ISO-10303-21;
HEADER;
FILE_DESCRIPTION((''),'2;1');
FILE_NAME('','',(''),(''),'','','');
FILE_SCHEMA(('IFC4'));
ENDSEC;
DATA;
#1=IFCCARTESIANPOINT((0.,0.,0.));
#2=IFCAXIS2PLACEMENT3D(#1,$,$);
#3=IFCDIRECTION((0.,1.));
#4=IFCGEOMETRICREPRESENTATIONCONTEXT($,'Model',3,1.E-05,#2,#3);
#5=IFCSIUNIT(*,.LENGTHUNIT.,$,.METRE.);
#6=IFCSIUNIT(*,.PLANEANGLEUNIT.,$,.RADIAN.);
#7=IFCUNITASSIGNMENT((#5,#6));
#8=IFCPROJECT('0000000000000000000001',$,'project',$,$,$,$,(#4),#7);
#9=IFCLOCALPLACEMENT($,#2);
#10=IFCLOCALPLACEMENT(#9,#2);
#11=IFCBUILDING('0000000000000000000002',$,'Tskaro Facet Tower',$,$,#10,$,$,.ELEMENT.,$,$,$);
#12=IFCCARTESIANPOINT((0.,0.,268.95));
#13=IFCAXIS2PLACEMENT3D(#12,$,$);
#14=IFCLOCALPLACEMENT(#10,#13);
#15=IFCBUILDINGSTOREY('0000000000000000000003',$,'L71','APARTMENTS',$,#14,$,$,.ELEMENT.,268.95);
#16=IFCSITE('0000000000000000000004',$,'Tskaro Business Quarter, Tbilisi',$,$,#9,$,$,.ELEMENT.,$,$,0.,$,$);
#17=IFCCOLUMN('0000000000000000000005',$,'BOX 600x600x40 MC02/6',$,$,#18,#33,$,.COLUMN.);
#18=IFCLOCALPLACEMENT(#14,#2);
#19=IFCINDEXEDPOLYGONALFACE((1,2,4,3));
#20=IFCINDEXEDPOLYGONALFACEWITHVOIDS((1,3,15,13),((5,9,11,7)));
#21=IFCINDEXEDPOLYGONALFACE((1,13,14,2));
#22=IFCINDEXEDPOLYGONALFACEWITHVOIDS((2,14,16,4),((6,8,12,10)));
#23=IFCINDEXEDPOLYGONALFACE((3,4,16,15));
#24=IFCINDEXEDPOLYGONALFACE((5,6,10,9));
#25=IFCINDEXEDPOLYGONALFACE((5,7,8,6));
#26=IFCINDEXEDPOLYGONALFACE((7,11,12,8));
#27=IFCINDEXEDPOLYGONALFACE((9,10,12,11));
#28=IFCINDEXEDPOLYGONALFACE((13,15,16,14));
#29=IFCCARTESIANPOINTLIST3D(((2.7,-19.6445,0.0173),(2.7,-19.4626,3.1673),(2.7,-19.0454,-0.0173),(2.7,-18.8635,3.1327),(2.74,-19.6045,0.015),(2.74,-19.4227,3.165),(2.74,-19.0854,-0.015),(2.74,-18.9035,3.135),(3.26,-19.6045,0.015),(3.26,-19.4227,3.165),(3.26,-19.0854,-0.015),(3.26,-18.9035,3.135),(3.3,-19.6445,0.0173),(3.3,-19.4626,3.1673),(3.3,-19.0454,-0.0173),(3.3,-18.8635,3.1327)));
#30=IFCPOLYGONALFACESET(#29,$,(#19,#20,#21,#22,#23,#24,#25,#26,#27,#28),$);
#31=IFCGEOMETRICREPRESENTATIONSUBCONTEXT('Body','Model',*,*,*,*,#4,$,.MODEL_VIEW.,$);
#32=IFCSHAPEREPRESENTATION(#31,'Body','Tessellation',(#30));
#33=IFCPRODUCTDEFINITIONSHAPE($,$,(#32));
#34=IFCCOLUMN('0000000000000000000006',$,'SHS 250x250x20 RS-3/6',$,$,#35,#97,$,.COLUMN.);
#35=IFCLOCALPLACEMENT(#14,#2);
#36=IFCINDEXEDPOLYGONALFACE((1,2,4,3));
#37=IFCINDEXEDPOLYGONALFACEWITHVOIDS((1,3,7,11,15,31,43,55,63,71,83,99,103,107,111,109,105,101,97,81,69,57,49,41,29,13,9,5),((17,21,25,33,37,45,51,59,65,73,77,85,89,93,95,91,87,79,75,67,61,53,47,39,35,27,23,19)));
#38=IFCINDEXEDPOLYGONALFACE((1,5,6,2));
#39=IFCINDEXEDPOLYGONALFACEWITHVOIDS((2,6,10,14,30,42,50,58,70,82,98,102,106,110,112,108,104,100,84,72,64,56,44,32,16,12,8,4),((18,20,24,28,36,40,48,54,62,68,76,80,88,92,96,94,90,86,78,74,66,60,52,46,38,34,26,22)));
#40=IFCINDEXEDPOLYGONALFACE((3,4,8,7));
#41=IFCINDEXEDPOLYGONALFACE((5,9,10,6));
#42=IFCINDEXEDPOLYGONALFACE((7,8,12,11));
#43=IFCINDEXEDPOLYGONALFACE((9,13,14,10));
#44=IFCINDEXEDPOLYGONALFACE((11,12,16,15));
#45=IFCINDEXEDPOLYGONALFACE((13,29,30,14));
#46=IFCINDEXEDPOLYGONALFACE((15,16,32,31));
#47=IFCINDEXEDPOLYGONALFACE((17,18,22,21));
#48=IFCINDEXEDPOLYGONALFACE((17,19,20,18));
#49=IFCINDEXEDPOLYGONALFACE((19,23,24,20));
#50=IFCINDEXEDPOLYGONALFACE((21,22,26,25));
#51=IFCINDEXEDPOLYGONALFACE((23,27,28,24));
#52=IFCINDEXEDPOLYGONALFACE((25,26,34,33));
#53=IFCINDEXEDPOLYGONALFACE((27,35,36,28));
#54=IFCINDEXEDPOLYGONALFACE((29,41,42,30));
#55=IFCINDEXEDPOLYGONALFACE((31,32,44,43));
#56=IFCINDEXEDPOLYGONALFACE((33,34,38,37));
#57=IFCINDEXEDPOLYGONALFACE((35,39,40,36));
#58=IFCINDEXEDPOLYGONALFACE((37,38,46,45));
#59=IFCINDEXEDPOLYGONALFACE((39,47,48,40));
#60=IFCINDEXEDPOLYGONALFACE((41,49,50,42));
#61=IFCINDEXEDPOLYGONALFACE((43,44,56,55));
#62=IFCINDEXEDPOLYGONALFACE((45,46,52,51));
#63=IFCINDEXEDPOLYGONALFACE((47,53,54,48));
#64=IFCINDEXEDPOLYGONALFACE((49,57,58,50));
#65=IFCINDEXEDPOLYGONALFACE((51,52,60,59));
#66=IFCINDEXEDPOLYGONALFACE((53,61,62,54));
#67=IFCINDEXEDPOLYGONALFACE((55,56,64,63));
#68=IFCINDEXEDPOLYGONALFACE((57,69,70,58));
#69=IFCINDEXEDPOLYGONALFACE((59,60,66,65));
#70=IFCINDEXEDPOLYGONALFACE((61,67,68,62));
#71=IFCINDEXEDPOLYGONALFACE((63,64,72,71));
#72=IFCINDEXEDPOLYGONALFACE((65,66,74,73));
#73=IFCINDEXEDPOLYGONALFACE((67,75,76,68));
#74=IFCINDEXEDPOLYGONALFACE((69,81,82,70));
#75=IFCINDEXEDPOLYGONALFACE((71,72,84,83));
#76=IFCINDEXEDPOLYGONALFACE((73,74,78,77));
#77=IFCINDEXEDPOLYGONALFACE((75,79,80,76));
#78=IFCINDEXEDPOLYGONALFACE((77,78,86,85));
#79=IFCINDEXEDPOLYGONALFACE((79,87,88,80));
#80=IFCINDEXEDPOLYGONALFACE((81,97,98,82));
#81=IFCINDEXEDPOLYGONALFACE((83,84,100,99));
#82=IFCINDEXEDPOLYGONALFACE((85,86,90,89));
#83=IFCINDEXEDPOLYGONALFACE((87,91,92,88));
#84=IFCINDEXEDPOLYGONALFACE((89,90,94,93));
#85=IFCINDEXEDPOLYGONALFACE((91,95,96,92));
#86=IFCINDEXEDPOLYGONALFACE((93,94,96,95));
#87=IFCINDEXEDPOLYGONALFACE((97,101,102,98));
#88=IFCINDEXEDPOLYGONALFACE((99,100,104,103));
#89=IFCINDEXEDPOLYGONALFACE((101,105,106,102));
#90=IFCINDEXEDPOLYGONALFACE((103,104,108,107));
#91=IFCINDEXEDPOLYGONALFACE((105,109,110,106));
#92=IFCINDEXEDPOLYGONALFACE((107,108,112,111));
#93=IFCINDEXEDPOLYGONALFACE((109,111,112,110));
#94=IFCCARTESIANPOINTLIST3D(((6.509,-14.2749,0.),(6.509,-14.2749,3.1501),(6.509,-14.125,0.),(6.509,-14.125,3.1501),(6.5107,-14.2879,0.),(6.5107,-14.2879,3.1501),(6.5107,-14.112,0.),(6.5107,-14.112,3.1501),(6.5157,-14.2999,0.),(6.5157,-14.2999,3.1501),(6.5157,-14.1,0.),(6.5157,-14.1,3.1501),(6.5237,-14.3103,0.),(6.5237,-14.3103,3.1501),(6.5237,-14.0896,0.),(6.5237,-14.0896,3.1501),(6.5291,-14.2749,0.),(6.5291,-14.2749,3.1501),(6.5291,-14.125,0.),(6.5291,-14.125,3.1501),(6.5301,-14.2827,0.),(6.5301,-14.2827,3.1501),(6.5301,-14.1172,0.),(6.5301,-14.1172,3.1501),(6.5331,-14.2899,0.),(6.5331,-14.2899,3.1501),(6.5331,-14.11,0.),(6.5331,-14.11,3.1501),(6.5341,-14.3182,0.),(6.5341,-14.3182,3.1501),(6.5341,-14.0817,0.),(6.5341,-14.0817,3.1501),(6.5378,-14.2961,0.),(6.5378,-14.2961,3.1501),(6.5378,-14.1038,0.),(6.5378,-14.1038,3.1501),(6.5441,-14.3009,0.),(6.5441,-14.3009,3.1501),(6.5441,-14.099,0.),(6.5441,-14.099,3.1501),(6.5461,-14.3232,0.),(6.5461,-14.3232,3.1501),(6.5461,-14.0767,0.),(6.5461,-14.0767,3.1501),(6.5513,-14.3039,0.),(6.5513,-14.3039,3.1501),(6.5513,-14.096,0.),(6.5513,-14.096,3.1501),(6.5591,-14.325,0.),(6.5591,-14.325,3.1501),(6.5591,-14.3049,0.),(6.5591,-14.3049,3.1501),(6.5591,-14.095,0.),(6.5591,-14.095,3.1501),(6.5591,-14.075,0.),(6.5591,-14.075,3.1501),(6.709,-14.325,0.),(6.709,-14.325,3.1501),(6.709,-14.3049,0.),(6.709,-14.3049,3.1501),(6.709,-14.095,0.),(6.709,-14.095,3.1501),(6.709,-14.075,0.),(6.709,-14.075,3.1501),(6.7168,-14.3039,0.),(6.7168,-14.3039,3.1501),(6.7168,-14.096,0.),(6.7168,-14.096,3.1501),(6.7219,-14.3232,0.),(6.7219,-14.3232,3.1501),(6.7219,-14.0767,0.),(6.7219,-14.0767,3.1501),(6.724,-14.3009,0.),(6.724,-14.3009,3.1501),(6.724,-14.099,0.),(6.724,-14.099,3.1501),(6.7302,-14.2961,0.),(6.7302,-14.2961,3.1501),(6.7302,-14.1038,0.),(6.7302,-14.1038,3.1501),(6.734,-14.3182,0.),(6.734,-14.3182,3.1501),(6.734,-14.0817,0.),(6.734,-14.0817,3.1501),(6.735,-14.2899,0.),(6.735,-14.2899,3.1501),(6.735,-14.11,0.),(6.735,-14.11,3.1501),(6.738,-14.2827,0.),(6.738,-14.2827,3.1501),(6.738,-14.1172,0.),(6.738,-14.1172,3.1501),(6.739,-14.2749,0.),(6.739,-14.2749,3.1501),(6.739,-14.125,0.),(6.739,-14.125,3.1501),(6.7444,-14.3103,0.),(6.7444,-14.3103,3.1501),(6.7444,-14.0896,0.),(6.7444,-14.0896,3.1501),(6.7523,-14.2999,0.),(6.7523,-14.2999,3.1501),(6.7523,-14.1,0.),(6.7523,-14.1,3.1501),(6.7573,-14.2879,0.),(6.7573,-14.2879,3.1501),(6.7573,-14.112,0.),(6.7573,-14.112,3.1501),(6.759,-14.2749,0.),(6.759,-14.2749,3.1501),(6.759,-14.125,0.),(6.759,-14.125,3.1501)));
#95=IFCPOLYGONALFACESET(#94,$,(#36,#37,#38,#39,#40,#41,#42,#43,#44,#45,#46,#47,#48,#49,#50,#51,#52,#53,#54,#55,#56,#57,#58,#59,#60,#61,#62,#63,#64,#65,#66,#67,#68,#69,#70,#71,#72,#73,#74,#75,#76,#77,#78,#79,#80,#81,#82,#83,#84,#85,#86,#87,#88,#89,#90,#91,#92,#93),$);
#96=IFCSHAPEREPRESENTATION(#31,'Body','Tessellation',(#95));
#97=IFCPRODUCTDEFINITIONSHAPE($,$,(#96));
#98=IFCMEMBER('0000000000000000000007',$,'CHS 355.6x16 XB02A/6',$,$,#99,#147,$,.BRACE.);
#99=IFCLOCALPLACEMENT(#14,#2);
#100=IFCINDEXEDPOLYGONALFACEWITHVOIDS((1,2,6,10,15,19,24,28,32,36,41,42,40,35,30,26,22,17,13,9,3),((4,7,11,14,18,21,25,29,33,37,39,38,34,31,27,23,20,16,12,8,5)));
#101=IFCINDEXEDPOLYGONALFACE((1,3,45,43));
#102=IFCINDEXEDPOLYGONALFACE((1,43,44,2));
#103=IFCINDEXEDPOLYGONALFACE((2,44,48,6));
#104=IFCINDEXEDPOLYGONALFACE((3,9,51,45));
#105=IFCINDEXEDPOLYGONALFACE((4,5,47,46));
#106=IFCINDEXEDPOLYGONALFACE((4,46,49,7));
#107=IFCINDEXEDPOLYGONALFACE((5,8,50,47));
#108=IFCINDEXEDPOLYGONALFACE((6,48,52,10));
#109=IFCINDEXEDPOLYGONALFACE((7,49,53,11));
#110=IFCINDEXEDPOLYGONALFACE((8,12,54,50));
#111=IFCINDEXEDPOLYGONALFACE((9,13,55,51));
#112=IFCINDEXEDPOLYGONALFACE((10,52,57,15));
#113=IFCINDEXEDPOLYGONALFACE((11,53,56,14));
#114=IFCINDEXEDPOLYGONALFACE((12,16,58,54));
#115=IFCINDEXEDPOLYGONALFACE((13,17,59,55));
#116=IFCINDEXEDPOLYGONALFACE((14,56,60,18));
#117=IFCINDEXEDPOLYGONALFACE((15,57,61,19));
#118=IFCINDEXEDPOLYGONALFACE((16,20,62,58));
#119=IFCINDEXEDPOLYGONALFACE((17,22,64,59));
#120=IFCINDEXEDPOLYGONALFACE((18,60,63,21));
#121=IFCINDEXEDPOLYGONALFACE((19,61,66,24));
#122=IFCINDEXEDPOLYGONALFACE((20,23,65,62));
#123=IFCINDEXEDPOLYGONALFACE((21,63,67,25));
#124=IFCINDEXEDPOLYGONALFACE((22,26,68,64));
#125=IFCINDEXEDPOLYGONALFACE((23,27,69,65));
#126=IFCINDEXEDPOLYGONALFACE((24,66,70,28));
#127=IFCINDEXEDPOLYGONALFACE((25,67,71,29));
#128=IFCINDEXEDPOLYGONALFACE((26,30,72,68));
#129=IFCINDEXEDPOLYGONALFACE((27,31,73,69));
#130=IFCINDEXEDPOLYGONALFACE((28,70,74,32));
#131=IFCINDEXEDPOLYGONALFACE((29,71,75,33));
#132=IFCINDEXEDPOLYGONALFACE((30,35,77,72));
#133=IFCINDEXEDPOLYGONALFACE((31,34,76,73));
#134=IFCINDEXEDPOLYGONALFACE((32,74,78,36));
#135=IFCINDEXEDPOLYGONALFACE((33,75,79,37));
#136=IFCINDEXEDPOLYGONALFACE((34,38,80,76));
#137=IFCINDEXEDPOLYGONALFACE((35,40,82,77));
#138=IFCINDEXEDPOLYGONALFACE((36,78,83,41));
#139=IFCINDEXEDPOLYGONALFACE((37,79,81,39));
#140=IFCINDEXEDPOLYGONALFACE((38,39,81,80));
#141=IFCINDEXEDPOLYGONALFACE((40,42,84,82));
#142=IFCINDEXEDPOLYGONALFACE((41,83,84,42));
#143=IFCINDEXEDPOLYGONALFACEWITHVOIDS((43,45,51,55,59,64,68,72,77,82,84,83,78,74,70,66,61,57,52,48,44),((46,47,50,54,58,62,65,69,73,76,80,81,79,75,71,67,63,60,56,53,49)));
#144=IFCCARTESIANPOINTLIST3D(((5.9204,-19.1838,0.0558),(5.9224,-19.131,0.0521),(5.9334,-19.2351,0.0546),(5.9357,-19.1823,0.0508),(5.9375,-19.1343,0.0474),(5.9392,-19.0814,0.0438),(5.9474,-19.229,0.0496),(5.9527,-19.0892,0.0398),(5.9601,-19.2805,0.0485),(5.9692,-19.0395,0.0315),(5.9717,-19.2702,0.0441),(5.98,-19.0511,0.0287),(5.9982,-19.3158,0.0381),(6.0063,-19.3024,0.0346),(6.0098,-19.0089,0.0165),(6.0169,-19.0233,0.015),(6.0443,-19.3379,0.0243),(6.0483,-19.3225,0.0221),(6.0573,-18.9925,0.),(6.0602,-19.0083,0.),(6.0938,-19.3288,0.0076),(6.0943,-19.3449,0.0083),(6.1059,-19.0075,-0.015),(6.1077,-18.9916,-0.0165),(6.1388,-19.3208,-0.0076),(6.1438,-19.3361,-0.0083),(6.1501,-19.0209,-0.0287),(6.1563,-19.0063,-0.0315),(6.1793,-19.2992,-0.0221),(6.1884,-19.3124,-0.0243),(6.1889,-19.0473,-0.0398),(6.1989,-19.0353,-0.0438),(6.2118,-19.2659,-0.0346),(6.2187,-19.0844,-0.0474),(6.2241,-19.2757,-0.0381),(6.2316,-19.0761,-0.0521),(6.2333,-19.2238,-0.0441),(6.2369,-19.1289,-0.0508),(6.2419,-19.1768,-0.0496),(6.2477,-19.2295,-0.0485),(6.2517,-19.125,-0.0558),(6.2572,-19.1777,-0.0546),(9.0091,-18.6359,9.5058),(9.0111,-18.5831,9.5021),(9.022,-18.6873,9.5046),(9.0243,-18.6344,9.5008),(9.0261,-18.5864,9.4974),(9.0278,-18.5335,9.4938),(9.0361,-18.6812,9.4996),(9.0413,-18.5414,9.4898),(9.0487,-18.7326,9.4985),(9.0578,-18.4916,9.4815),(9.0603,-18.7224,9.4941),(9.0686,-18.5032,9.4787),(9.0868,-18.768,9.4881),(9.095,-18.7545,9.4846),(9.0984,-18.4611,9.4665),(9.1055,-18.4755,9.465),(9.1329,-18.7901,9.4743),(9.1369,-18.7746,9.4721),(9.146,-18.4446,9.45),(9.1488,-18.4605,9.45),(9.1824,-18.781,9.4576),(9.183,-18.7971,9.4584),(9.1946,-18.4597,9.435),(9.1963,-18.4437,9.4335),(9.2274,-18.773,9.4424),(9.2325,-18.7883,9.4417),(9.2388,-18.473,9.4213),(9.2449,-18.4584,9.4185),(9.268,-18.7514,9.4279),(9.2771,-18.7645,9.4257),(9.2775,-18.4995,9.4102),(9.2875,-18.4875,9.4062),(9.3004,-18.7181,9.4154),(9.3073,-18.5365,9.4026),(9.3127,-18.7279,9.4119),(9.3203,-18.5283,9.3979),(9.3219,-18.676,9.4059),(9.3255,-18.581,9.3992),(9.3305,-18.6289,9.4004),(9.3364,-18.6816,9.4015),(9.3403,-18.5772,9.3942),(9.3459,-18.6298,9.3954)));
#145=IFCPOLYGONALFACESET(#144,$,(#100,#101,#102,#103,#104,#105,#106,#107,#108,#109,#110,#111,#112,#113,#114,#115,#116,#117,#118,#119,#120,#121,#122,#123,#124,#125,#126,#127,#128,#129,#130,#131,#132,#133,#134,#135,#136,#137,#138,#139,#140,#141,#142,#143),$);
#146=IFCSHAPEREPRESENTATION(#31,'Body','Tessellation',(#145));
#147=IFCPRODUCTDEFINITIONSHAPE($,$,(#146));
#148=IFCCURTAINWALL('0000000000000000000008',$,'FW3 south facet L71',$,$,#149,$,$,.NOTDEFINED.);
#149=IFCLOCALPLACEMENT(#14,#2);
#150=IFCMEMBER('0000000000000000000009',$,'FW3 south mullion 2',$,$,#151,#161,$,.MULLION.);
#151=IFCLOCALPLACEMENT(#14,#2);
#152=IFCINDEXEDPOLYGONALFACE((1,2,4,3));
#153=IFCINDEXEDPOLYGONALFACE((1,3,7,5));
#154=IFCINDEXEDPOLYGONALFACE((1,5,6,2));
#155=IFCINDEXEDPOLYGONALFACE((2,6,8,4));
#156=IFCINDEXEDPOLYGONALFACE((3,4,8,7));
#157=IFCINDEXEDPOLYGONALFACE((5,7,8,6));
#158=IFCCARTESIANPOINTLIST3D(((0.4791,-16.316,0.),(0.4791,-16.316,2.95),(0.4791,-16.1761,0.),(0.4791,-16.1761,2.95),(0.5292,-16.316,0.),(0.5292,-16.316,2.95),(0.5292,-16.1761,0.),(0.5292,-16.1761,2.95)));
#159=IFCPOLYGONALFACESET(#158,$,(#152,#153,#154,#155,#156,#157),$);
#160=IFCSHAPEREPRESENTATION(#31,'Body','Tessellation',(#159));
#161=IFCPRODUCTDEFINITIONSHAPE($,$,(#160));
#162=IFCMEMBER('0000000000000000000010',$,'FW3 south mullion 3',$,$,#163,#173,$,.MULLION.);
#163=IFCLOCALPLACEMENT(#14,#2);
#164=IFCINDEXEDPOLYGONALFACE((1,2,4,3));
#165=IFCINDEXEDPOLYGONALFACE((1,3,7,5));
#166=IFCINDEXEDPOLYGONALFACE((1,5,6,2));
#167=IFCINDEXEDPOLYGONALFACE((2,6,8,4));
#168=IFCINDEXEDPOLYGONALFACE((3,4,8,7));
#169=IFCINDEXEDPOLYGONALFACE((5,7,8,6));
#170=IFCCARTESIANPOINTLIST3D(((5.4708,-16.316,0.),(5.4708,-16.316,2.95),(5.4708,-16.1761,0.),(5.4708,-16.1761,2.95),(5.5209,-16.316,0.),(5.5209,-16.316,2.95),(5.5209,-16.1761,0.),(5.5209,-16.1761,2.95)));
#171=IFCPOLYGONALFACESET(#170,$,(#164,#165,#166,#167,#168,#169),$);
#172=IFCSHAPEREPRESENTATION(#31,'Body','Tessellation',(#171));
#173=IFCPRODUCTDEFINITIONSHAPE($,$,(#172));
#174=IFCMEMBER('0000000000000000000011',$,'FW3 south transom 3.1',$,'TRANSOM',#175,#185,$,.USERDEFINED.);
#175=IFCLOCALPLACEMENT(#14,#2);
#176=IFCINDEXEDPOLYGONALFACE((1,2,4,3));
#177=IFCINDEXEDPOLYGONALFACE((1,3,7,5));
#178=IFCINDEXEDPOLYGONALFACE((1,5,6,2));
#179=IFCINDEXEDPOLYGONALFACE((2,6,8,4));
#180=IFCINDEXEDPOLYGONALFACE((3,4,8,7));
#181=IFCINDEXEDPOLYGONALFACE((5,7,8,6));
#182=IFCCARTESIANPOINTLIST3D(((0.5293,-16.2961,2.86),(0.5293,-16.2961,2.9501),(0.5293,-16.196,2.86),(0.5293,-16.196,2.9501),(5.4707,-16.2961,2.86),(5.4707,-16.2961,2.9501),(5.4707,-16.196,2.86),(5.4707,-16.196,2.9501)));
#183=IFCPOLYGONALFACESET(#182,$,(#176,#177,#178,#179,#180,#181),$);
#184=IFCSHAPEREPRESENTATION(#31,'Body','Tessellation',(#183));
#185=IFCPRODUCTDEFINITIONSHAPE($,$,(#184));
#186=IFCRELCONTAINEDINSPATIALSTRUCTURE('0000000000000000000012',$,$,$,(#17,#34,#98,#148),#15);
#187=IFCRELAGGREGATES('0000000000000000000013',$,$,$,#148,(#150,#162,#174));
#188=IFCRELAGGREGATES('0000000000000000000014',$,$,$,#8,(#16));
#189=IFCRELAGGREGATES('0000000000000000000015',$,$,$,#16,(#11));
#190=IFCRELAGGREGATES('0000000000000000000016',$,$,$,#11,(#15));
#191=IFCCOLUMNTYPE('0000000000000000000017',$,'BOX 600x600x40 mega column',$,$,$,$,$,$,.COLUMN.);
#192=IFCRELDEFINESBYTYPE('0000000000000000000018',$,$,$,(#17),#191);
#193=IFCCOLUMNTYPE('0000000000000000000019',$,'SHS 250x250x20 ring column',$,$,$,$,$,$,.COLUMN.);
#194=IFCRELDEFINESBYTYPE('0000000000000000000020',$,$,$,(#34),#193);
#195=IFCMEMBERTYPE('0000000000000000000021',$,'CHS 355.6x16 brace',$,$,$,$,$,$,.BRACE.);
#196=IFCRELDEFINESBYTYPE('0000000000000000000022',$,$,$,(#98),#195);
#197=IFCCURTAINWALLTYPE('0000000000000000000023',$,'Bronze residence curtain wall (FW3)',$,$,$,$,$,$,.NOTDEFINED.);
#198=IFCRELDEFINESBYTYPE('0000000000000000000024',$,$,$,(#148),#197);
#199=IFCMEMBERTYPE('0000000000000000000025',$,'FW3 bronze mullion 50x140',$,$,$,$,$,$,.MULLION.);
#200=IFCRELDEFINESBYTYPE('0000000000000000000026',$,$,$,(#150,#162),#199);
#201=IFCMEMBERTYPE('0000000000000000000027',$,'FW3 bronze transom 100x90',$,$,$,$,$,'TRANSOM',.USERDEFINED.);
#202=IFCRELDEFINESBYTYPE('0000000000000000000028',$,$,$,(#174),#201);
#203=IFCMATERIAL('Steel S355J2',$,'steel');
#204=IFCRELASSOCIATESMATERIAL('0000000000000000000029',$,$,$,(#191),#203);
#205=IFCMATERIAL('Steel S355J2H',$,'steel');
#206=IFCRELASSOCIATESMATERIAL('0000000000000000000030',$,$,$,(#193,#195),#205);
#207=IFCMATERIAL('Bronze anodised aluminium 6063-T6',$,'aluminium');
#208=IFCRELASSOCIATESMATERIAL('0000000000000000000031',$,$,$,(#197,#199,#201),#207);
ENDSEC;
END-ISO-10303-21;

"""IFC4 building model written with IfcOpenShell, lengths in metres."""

from ifc_helpers import new_model, si_unit, direction, frame, origin, origin_2d, place, context, subcontext, project, spatial, rectangle, hollow_rectangle, hollow_circle, extrude, material, material_profile, profile_set, type_object, element, aggregate, save


model = new_model("IFC4")

# Units and contexts
model_context = context("Model", 3, precision=1e-05, world=origin(), true_north=direction((0.0, 1.0)))
body_context = subcontext(model_context, "Body", "Model", "MODEL_VIEW")
ifc_project = project(units=[si_unit("LENGTHUNIT", "METRE"), si_unit("PLANEANGLEUNIT", "RADIAN")], contexts=[model_context])

# Site, building, storey
site_placement = place(None, origin())
site = spatial("IfcSite", under=ifc_project, at=site_placement, Name="Tskaro Business Quarter, Tbilisi", CompositionType="ELEMENT", RefElevation=0.0)
building_placement = place(site_placement, origin())
building = spatial("IfcBuilding", under=site, at=building_placement, Name="Tskaro Facet Tower", CompositionType="ELEMENT")
storey_placement = place(building_placement, frame((0.0, 0.0, 268.95)))
storey = spatial("IfcBuildingStorey", under=building, at=storey_placement, Name="L71", Description="APARTMENTS", CompositionType="ELEMENT", Elevation=268.95)

# Columns
ifc_material_1 = material(Name="Steel S355J2", Category="steel")
ifc_material_profile_1 = material_profile(ifc_material_1, hollow_rectangle(XDim=0.6001, YDim=0.6001, WallThickness=0.04, at=origin_2d()), Name="BOX 600x600x40")
ifc_profile_set_1 = profile_set([ifc_material_profile_1], Name="Steel S355J2")
column_type_1 = type_object("IfcColumnType", Name="BOX 600x600x40 mega column", PredefinedType="COLUMN", material=ifc_profile_set_1)
column_1_placement = place(storey_placement, frame((3.0, -19.345, 0.0), z_axis=(0.0, 0.057643, 0.998337), x_axis=(-1.0, 0.0, 0.0)))
element("IfcColumn", 1, at=column_1_placement, inside=storey, type_object=column_type_1, Name="BOX 600x600x40 MC02/6", PredefinedType="COLUMN", context=body_context, shape_type="SweptSolid", body=[
    extrude(hollow_rectangle(XDim=0.6001, YDim=0.6001, WallThickness=0.04, at=origin_2d()), origin(), (0.0, 0.0, 1.0), 3.1553),
])
ifc_material_2 = material(Name="Steel S355J2H", Category="steel")
ifc_material_profile_2 = material_profile(ifc_material_2, hollow_rectangle(XDim=0.25, YDim=0.25, WallThickness=0.02, InnerFilletRadius=0.03, OuterFilletRadius=0.05, at=origin_2d()), Name="SHS 250x250x20")
ifc_profile_set_2 = profile_set([ifc_material_profile_2], Name="Steel S355J2H")
column_type_2 = type_object("IfcColumnType", Name="SHS 250x250x20 ring column", PredefinedType="COLUMN", material=ifc_profile_set_2)
column_2_placement = place(storey_placement, frame((6.634, -14.2, 0.0), z_axis=(0.0, 0.0, 1.0), x_axis=(1.0, 0.0, 0.0)))
element("IfcColumn", 2, at=column_2_placement, inside=storey, type_object=column_type_2, Name="SHS 250x250x20 RS-3/6", PredefinedType="COLUMN", context=body_context, shape_type="SweptSolid", body=[
    extrude(hollow_rectangle(XDim=0.25, YDim=0.25, WallThickness=0.02, InnerFilletRadius=0.03, OuterFilletRadius=0.05, at=origin_2d()), origin(), (0.0, 0.0, 1.0), 3.1501),
])

# Member
ifc_material_profile_3 = material_profile(ifc_material_2, hollow_circle(Radius=0.1777, WallThickness=0.0161, at=origin_2d()), Name="CHS 355.6x16")
ifc_profile_set_3 = profile_set([ifc_material_profile_3], Name="Steel S355J2H")
member_type_1 = type_object("IfcMemberType", Name="CHS 355.6x16 brace", PredefinedType="BRACE", material=ifc_profile_set_3)
member_1_placement = place(storey_placement, frame((6.0884, -19.1675, 0.0), z_axis=(0.310197, 0.055022, 0.949079), x_axis=(-0.174651, 0.98463, 0.0)))
element("IfcMember", 3, at=member_1_placement, inside=storey, type_object=member_type_1, Name="CHS 355.6x16 XB02A/6", PredefinedType="BRACE", context=body_context, shape_type="SweptSolid", body=[
    extrude(hollow_circle(Radius=0.1777, WallThickness=0.0161, at=origin_2d()), origin(), (0.0, 0.0, 1.0), 9.957),
])

# Curtain wall, members
ifc_material_3 = material(Name="Bronze anodised aluminium 6063-T6", Category="aluminium")
curtain_wall_type = type_object("IfcCurtainWallType", Name="Bronze residence curtain wall (FW3)", PredefinedType="NOTDEFINED", material=ifc_material_3)
curtain_wall_placement = place(storey_placement, origin())
curtain_wall = element("IfcCurtainWall", 4, at=curtain_wall_placement, inside=storey, type_object=curtain_wall_type, Name="FW3 south facet L71", PredefinedType="NOTDEFINED")
ifc_material_profile_4 = material_profile(ifc_material_3, rectangle(XDim=0.05, YDim=0.1399, at=origin_2d()), Name="Mullion 50x140")
ifc_profile_set_4 = profile_set([ifc_material_profile_4], Name="Bronze anodised aluminium 6063-T6")
member_type_2 = type_object("IfcMemberType", Name="FW3 bronze mullion 50x140", PredefinedType="MULLION", material=ifc_profile_set_4)
member_2_placement = place(storey_placement, frame((0.5042, -16.2461, 0.0), z_axis=(0.0, 0.0, 1.0), x_axis=(1.0, 0.0, 0.0)))
member_2 = element("IfcMember", 5, at=member_2_placement, type_object=member_type_2, Name="FW3 south mullion 2", PredefinedType="MULLION", context=body_context, shape_type="SweptSolid", body=[
    extrude(rectangle(XDim=0.05, YDim=0.1399, at=origin_2d()), origin(), (0.0, 0.0, 1.0), 2.95),
])
member_3_placement = place(storey_placement, frame((5.4958, -16.2461, 0.0), z_axis=(0.0, 0.0, 1.0), x_axis=(1.0, 0.0, 0.0)))
member_3 = element("IfcMember", 6, at=member_3_placement, type_object=member_type_2, Name="FW3 south mullion 3", PredefinedType="MULLION", context=body_context, shape_type="SweptSolid", body=[
    extrude(rectangle(XDim=0.05, YDim=0.1399, at=origin_2d()), origin(), (0.0, 0.0, 1.0), 2.95),
])
ifc_material_profile_5 = material_profile(ifc_material_3, rectangle(XDim=0.1001, YDim=0.0901, at=origin_2d()), Name="Transom 100x90")
ifc_profile_set_5 = profile_set([ifc_material_profile_5], Name="Bronze anodised aluminium 6063-T6")
member_type_3 = type_object("IfcMemberType", Name="FW3 bronze transom 100x90", ElementType="TRANSOM", PredefinedType="USERDEFINED", material=ifc_profile_set_5)
member_4_placement = place(storey_placement, frame((0.5293, -16.2461, 2.905), z_axis=(1.0, 0.0, 0.0), x_axis=(0.0, 1.0, 0.0)))
member_4 = element("IfcMember", 7, at=member_4_placement, type_object=member_type_3, Name="FW3 south transom 3.1", ObjectType="TRANSOM", PredefinedType="USERDEFINED", context=body_context, shape_type="SweptSolid", body=[
    extrude(rectangle(XDim=0.1001, YDim=0.0901, at=origin_2d()), origin(), (0.0, 0.0, 1.0), 4.9414),
])

aggregate(curtain_wall, [member_2, member_3, member_4])

save(model, "model.ifc")
